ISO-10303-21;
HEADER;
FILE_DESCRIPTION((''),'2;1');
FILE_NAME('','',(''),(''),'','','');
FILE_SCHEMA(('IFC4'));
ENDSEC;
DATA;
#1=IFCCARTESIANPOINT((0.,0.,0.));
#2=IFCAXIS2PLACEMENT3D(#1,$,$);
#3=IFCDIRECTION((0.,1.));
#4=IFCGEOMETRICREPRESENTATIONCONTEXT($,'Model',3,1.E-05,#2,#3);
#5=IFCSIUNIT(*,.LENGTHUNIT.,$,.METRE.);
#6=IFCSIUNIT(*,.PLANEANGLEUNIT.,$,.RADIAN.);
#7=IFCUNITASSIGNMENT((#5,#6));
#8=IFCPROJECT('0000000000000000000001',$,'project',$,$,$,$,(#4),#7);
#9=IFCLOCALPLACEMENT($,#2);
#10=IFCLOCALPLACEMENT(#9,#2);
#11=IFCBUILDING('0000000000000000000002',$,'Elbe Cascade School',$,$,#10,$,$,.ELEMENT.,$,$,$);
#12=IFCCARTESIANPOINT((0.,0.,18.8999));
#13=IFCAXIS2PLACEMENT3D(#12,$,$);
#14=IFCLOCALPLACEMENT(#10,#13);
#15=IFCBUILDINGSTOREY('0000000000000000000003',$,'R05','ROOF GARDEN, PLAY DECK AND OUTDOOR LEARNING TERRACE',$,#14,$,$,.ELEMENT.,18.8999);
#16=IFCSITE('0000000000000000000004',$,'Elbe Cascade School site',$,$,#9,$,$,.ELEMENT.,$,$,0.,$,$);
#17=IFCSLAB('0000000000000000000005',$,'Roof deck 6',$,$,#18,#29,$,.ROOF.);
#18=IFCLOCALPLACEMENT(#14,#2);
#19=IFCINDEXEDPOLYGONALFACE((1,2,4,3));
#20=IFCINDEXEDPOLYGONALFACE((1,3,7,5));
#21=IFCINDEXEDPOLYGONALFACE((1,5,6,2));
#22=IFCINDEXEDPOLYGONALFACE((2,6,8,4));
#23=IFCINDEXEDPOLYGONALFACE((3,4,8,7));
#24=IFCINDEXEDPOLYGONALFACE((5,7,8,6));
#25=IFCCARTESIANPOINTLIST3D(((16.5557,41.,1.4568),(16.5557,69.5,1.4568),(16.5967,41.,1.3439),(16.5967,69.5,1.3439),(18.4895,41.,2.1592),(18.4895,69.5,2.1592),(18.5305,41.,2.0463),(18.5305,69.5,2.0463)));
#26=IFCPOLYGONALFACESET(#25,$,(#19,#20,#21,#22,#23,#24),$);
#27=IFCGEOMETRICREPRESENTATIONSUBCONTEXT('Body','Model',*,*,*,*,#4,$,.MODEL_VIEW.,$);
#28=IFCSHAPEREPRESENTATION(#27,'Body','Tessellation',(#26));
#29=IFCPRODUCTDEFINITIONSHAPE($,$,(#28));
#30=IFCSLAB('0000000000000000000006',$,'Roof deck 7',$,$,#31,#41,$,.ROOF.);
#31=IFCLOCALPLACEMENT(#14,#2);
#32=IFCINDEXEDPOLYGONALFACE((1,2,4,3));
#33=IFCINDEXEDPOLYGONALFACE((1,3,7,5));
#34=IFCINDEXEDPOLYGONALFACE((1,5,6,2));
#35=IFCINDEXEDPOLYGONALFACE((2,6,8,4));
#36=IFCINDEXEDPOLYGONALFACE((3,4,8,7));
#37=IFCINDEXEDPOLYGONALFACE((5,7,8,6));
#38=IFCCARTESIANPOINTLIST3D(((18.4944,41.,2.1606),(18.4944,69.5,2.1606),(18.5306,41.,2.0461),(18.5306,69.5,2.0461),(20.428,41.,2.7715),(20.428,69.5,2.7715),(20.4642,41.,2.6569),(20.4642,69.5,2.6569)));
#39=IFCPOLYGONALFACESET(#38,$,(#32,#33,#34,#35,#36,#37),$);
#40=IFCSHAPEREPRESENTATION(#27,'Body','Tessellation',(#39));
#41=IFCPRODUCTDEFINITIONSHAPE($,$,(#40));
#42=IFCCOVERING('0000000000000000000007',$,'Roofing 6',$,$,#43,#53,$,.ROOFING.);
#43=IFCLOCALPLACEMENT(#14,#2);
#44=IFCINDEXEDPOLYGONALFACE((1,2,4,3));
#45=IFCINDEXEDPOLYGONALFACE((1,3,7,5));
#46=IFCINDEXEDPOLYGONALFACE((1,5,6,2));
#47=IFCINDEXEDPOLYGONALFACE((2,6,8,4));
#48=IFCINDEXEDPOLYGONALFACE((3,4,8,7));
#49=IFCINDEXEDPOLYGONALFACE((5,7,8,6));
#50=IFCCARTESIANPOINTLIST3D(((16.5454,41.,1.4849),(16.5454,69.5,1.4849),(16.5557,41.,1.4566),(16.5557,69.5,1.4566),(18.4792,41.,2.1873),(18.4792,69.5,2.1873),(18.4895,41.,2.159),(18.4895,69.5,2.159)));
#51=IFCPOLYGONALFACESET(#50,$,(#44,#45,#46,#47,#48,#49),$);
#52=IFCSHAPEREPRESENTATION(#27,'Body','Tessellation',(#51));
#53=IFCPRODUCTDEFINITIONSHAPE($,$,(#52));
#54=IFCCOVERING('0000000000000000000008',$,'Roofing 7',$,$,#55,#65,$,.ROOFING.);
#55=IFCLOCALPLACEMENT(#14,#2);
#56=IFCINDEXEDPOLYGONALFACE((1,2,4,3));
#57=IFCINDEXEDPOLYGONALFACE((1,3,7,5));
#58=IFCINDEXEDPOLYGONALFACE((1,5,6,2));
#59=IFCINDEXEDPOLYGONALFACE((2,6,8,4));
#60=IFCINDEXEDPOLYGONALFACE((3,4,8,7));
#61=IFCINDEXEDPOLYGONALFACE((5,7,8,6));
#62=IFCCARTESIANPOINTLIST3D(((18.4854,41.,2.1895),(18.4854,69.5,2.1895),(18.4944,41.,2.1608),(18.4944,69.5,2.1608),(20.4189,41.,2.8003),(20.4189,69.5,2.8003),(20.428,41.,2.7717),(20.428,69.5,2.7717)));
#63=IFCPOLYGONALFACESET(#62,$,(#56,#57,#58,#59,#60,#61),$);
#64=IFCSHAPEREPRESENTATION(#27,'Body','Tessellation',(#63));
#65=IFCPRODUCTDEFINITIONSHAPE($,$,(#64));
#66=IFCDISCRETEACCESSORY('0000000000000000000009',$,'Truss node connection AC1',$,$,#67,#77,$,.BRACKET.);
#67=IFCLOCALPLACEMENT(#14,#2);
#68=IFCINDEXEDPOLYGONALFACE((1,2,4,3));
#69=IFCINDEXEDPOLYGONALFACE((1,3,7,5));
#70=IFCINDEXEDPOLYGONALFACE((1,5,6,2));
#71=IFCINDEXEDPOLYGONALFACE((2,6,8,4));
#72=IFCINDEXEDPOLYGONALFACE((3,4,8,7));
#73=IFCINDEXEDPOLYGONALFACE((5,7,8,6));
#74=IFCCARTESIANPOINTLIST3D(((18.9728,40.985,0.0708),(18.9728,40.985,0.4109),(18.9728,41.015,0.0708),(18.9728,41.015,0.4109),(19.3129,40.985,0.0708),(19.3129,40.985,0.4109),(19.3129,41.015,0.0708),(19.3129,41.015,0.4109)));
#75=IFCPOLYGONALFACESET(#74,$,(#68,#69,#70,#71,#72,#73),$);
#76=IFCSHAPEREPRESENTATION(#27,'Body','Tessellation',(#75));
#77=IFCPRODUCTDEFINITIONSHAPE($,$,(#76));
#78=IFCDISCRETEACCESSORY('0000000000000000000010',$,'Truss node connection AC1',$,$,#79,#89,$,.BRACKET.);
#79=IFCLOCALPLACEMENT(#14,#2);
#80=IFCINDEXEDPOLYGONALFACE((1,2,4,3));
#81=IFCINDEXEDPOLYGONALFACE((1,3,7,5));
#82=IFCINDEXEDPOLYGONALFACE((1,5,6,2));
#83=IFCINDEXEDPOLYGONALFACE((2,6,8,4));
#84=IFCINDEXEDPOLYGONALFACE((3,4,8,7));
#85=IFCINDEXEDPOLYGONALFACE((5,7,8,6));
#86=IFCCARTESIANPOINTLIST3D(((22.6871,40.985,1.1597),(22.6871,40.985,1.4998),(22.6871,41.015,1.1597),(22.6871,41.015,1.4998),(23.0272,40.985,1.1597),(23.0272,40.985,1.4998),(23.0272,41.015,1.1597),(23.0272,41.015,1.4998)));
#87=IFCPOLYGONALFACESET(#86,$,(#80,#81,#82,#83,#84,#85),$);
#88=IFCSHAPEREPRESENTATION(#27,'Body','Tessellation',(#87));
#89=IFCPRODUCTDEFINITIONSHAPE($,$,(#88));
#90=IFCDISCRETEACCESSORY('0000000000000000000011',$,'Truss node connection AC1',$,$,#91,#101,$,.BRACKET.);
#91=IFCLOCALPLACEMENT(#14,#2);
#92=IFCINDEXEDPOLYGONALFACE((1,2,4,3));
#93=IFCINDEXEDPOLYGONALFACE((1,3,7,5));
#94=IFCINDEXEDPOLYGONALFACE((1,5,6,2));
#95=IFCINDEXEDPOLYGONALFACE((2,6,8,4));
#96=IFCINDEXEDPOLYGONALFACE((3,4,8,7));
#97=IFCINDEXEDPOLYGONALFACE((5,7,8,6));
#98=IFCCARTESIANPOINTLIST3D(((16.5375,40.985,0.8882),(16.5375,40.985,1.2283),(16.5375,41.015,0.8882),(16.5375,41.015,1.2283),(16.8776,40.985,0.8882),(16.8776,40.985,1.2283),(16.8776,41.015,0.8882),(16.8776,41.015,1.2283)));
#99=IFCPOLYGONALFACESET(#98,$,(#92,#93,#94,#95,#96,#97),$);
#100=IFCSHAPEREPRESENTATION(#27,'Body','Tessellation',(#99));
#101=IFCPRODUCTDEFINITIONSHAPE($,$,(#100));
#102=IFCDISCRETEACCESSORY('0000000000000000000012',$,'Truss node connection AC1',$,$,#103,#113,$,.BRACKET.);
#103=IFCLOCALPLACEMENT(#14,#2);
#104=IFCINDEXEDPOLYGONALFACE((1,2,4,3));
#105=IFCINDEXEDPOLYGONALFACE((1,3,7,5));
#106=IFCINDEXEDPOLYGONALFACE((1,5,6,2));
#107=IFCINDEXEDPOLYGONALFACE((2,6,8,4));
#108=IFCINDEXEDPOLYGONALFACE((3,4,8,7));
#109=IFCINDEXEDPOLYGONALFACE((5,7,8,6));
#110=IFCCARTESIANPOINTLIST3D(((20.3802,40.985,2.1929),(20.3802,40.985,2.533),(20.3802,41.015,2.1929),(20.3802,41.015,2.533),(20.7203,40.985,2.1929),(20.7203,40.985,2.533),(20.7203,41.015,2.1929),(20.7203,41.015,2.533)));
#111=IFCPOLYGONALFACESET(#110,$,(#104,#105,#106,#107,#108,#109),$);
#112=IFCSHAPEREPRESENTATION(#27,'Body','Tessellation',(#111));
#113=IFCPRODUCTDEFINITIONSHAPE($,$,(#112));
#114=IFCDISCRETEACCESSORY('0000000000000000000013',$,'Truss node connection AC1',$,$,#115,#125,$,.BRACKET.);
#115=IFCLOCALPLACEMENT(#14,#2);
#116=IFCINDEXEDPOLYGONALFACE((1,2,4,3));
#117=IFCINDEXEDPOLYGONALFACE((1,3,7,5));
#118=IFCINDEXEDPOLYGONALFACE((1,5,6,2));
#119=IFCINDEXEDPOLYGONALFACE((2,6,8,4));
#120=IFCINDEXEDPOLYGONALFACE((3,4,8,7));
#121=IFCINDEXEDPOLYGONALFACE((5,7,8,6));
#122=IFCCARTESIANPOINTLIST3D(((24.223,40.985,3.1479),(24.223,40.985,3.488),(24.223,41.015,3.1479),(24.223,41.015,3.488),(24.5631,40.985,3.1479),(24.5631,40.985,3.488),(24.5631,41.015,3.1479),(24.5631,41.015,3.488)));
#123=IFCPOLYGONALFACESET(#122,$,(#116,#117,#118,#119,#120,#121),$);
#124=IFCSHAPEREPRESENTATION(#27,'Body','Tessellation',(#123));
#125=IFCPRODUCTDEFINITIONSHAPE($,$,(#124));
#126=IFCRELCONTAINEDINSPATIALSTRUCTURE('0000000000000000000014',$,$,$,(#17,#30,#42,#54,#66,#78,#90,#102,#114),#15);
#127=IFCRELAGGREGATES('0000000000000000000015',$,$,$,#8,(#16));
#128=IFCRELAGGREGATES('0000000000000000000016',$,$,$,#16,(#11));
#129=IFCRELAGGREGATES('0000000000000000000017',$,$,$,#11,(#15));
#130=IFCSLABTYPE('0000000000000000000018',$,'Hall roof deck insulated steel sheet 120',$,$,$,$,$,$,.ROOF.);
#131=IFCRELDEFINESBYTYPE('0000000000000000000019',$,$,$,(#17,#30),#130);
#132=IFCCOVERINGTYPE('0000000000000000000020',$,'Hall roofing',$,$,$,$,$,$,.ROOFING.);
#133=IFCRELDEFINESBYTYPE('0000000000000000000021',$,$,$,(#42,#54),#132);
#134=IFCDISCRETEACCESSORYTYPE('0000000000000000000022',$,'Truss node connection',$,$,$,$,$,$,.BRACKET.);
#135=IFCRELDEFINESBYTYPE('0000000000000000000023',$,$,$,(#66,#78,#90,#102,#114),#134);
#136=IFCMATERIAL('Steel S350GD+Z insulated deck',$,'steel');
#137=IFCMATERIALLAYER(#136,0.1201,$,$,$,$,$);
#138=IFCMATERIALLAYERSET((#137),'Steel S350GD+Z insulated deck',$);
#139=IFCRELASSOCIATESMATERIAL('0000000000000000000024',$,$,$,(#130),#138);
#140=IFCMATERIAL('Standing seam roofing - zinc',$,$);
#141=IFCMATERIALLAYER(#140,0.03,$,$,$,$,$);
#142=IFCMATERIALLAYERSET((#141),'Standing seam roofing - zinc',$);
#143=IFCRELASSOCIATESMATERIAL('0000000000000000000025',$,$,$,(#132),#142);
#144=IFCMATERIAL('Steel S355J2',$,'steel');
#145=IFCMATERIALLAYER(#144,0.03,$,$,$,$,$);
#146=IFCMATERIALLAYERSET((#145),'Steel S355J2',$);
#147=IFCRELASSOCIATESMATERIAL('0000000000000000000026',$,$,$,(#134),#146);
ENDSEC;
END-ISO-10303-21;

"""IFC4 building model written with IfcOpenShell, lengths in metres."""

from ifc_helpers import new_model, si_unit, direction, frame, origin, origin_2d, place, context, subcontext, project, spatial, polyline, rectangle, outline, extrude, material, layer, layer_set, type_object, element, save


model = new_model("IFC4")

# Units and contexts
model_context = context("Model", 3, precision=1e-05, world=origin(), true_north=direction((0.0, 1.0)))
body_context = subcontext(model_context, "Body", "Model", "MODEL_VIEW")
ifc_project = project(units=[si_unit("LENGTHUNIT", "METRE"), si_unit("PLANEANGLEUNIT", "RADIAN")], contexts=[model_context])

# Site, building, storey
site_placement = place(None, origin())
site = spatial("IfcSite", under=ifc_project, at=site_placement, Name="Elbe Cascade School site", CompositionType="ELEMENT", RefElevation=0.0)
building_placement = place(site_placement, origin())
building = spatial("IfcBuilding", under=site, at=building_placement, Name="Elbe Cascade School", CompositionType="ELEMENT")
storey_placement = place(building_placement, frame((0.0, 0.0, 18.8999)))
storey = spatial("IfcBuildingStorey", under=building, at=storey_placement, Name="R05", Description="ROOF GARDEN, PLAY DECK AND OUTDOOR LEARNING TERRACE", CompositionType="ELEMENT", Elevation=18.8999)

# Slabs
ifc_material_1 = material(Name="Steel S350GD+Z insulated deck", Category="steel")
ifc_layer_1 = layer(ifc_material_1, 0.1201)
ifc_layer_set_1 = layer_set([ifc_layer_1], Name="Steel S350GD+Z insulated deck")
slab_type = type_object("IfcSlabType", Name="Hall roof deck insulated steel sheet 120", PredefinedType="ROOF", material=ifc_layer_set_1)
slab_1_placement = place(storey_placement, frame((16.5557, 41.0, 1.4568), z_axis=(-0.341391, 0.0, 0.939922), x_axis=(0.939922, 0.0, 0.341391)))
element("IfcSlab", 1, at=slab_1_placement, inside=storey, type_object=slab_type, Name="Roof deck 6", PredefinedType="ROOF", context=body_context, shape_type="SweptSolid", body=[
    extrude(outline(polyline([(0.0, 0.0), (2.0574, 0.0), (2.0574, 28.5), (0.0, 28.5), (0.0, 0.0)])), origin(), (0.0, 0.0, -1.0), 0.1201),
])
slab_2_placement = place(storey_placement, frame((18.4944, 41.0, 2.1606), z_axis=(-0.301235, 0.0, 0.95355), x_axis=(0.95355, 0.0, 0.301235)))
element("IfcSlab", 2, at=slab_2_placement, inside=storey, type_object=slab_type, Name="Roof deck 7", PredefinedType="ROOF", context=body_context, shape_type="SweptSolid", body=[
    extrude(outline(polyline([(0.0, 0.0), (2.0278, 0.0), (2.0278, 28.5), (0.0, 28.5), (0.0, 0.0)])), origin(), (0.0, 0.0, -1.0), 0.1201),
])

# Coverings
ifc_material_2 = material(Name="Standing seam roofing - zinc")
ifc_layer_2 = layer(ifc_material_2, 0.03)
ifc_layer_set_2 = layer_set([ifc_layer_2], Name="Standing seam roofing - zinc")
covering_type = type_object("IfcCoveringType", Name="Hall roofing", PredefinedType="ROOFING", material=ifc_layer_set_2)
covering_1_placement = place(storey_placement, frame((16.5454, 41.0, 1.4849), z_axis=(-0.341391, 0.0, 0.939922), x_axis=(0.939922, 0.0, 0.341391)))
element("IfcCovering", 3, at=covering_1_placement, inside=storey, type_object=covering_type, Name="Roofing 6", PredefinedType="ROOFING", context=body_context, shape_type="SweptSolid", body=[
    extrude(outline(polyline([(0.0, 0.0), (2.0574, 0.0), (2.0574, 28.5), (0.0, 28.5), (0.0, 0.0)])), origin(), (0.0, 0.0, -1.0), 0.03),
])
covering_2_placement = place(storey_placement, frame((18.4854, 41.0, 2.1895), z_axis=(-0.301235, 0.0, 0.95355), x_axis=(0.95355, 0.0, 0.301235)))
element("IfcCovering", 4, at=covering_2_placement, inside=storey, type_object=covering_type, Name="Roofing 7", PredefinedType="ROOFING", context=body_context, shape_type="SweptSolid", body=[
    extrude(outline(polyline([(0.0, 0.0), (2.0278, 0.0), (2.0278, 28.5), (0.0, 28.5), (0.0, 0.0)])), origin(), (0.0, 0.0, -1.0), 0.03),
])

# Discrete accessories
ifc_material_3 = material(Name="Steel S355J2", Category="steel")
ifc_layer_3 = layer(ifc_material_3, 0.03)
ifc_layer_set_3 = layer_set([ifc_layer_3], Name="Steel S355J2")
discrete_accessory_type = type_object("IfcDiscreteAccessoryType", Name="Truss node connection", PredefinedType="BRACKET", material=ifc_layer_set_3)
for number, where, z_axis, x_axis, name in (
    (5, (19.1428, 41.0, 0.0708), (0.0, 0.0, 1.0), (1.0, 0.0, 0.0), "Truss node connection AC1"),
    (6, (22.8572, 41.0, 1.1597), (0.0, 0.0, 1.0), (1.0, 0.0, 0.0), "Truss node connection AC1"),
    (7, (16.7075, 41.0, 0.8882), (0.0, 0.0, 1.0), (1.0, 0.0, 0.0), "Truss node connection AC1"),
    (8, (20.5503, 41.0, 2.1929), (0.0, 0.0, 1.0), (1.0, 0.0, 0.0), "Truss node connection AC1"),
    (9, (24.3931, 41.0, 3.1479), (0.0, 0.0, 1.0), (1.0, 0.0, 0.0), "Truss node connection AC1"),
):
    element("IfcDiscreteAccessory", number, at=place(storey_placement, frame(where, z_axis=z_axis, x_axis=x_axis)), inside=storey, type_object=discrete_accessory_type, Name=name, PredefinedType="BRACKET", context=body_context, shape_type="SweptSolid", body=[
        extrude(rectangle(XDim=0.3401, YDim=0.03, at=origin_2d()), origin(), (0.0, 0.0, 1.0), 0.3401),
    ])

save(model, "model.ifc")
